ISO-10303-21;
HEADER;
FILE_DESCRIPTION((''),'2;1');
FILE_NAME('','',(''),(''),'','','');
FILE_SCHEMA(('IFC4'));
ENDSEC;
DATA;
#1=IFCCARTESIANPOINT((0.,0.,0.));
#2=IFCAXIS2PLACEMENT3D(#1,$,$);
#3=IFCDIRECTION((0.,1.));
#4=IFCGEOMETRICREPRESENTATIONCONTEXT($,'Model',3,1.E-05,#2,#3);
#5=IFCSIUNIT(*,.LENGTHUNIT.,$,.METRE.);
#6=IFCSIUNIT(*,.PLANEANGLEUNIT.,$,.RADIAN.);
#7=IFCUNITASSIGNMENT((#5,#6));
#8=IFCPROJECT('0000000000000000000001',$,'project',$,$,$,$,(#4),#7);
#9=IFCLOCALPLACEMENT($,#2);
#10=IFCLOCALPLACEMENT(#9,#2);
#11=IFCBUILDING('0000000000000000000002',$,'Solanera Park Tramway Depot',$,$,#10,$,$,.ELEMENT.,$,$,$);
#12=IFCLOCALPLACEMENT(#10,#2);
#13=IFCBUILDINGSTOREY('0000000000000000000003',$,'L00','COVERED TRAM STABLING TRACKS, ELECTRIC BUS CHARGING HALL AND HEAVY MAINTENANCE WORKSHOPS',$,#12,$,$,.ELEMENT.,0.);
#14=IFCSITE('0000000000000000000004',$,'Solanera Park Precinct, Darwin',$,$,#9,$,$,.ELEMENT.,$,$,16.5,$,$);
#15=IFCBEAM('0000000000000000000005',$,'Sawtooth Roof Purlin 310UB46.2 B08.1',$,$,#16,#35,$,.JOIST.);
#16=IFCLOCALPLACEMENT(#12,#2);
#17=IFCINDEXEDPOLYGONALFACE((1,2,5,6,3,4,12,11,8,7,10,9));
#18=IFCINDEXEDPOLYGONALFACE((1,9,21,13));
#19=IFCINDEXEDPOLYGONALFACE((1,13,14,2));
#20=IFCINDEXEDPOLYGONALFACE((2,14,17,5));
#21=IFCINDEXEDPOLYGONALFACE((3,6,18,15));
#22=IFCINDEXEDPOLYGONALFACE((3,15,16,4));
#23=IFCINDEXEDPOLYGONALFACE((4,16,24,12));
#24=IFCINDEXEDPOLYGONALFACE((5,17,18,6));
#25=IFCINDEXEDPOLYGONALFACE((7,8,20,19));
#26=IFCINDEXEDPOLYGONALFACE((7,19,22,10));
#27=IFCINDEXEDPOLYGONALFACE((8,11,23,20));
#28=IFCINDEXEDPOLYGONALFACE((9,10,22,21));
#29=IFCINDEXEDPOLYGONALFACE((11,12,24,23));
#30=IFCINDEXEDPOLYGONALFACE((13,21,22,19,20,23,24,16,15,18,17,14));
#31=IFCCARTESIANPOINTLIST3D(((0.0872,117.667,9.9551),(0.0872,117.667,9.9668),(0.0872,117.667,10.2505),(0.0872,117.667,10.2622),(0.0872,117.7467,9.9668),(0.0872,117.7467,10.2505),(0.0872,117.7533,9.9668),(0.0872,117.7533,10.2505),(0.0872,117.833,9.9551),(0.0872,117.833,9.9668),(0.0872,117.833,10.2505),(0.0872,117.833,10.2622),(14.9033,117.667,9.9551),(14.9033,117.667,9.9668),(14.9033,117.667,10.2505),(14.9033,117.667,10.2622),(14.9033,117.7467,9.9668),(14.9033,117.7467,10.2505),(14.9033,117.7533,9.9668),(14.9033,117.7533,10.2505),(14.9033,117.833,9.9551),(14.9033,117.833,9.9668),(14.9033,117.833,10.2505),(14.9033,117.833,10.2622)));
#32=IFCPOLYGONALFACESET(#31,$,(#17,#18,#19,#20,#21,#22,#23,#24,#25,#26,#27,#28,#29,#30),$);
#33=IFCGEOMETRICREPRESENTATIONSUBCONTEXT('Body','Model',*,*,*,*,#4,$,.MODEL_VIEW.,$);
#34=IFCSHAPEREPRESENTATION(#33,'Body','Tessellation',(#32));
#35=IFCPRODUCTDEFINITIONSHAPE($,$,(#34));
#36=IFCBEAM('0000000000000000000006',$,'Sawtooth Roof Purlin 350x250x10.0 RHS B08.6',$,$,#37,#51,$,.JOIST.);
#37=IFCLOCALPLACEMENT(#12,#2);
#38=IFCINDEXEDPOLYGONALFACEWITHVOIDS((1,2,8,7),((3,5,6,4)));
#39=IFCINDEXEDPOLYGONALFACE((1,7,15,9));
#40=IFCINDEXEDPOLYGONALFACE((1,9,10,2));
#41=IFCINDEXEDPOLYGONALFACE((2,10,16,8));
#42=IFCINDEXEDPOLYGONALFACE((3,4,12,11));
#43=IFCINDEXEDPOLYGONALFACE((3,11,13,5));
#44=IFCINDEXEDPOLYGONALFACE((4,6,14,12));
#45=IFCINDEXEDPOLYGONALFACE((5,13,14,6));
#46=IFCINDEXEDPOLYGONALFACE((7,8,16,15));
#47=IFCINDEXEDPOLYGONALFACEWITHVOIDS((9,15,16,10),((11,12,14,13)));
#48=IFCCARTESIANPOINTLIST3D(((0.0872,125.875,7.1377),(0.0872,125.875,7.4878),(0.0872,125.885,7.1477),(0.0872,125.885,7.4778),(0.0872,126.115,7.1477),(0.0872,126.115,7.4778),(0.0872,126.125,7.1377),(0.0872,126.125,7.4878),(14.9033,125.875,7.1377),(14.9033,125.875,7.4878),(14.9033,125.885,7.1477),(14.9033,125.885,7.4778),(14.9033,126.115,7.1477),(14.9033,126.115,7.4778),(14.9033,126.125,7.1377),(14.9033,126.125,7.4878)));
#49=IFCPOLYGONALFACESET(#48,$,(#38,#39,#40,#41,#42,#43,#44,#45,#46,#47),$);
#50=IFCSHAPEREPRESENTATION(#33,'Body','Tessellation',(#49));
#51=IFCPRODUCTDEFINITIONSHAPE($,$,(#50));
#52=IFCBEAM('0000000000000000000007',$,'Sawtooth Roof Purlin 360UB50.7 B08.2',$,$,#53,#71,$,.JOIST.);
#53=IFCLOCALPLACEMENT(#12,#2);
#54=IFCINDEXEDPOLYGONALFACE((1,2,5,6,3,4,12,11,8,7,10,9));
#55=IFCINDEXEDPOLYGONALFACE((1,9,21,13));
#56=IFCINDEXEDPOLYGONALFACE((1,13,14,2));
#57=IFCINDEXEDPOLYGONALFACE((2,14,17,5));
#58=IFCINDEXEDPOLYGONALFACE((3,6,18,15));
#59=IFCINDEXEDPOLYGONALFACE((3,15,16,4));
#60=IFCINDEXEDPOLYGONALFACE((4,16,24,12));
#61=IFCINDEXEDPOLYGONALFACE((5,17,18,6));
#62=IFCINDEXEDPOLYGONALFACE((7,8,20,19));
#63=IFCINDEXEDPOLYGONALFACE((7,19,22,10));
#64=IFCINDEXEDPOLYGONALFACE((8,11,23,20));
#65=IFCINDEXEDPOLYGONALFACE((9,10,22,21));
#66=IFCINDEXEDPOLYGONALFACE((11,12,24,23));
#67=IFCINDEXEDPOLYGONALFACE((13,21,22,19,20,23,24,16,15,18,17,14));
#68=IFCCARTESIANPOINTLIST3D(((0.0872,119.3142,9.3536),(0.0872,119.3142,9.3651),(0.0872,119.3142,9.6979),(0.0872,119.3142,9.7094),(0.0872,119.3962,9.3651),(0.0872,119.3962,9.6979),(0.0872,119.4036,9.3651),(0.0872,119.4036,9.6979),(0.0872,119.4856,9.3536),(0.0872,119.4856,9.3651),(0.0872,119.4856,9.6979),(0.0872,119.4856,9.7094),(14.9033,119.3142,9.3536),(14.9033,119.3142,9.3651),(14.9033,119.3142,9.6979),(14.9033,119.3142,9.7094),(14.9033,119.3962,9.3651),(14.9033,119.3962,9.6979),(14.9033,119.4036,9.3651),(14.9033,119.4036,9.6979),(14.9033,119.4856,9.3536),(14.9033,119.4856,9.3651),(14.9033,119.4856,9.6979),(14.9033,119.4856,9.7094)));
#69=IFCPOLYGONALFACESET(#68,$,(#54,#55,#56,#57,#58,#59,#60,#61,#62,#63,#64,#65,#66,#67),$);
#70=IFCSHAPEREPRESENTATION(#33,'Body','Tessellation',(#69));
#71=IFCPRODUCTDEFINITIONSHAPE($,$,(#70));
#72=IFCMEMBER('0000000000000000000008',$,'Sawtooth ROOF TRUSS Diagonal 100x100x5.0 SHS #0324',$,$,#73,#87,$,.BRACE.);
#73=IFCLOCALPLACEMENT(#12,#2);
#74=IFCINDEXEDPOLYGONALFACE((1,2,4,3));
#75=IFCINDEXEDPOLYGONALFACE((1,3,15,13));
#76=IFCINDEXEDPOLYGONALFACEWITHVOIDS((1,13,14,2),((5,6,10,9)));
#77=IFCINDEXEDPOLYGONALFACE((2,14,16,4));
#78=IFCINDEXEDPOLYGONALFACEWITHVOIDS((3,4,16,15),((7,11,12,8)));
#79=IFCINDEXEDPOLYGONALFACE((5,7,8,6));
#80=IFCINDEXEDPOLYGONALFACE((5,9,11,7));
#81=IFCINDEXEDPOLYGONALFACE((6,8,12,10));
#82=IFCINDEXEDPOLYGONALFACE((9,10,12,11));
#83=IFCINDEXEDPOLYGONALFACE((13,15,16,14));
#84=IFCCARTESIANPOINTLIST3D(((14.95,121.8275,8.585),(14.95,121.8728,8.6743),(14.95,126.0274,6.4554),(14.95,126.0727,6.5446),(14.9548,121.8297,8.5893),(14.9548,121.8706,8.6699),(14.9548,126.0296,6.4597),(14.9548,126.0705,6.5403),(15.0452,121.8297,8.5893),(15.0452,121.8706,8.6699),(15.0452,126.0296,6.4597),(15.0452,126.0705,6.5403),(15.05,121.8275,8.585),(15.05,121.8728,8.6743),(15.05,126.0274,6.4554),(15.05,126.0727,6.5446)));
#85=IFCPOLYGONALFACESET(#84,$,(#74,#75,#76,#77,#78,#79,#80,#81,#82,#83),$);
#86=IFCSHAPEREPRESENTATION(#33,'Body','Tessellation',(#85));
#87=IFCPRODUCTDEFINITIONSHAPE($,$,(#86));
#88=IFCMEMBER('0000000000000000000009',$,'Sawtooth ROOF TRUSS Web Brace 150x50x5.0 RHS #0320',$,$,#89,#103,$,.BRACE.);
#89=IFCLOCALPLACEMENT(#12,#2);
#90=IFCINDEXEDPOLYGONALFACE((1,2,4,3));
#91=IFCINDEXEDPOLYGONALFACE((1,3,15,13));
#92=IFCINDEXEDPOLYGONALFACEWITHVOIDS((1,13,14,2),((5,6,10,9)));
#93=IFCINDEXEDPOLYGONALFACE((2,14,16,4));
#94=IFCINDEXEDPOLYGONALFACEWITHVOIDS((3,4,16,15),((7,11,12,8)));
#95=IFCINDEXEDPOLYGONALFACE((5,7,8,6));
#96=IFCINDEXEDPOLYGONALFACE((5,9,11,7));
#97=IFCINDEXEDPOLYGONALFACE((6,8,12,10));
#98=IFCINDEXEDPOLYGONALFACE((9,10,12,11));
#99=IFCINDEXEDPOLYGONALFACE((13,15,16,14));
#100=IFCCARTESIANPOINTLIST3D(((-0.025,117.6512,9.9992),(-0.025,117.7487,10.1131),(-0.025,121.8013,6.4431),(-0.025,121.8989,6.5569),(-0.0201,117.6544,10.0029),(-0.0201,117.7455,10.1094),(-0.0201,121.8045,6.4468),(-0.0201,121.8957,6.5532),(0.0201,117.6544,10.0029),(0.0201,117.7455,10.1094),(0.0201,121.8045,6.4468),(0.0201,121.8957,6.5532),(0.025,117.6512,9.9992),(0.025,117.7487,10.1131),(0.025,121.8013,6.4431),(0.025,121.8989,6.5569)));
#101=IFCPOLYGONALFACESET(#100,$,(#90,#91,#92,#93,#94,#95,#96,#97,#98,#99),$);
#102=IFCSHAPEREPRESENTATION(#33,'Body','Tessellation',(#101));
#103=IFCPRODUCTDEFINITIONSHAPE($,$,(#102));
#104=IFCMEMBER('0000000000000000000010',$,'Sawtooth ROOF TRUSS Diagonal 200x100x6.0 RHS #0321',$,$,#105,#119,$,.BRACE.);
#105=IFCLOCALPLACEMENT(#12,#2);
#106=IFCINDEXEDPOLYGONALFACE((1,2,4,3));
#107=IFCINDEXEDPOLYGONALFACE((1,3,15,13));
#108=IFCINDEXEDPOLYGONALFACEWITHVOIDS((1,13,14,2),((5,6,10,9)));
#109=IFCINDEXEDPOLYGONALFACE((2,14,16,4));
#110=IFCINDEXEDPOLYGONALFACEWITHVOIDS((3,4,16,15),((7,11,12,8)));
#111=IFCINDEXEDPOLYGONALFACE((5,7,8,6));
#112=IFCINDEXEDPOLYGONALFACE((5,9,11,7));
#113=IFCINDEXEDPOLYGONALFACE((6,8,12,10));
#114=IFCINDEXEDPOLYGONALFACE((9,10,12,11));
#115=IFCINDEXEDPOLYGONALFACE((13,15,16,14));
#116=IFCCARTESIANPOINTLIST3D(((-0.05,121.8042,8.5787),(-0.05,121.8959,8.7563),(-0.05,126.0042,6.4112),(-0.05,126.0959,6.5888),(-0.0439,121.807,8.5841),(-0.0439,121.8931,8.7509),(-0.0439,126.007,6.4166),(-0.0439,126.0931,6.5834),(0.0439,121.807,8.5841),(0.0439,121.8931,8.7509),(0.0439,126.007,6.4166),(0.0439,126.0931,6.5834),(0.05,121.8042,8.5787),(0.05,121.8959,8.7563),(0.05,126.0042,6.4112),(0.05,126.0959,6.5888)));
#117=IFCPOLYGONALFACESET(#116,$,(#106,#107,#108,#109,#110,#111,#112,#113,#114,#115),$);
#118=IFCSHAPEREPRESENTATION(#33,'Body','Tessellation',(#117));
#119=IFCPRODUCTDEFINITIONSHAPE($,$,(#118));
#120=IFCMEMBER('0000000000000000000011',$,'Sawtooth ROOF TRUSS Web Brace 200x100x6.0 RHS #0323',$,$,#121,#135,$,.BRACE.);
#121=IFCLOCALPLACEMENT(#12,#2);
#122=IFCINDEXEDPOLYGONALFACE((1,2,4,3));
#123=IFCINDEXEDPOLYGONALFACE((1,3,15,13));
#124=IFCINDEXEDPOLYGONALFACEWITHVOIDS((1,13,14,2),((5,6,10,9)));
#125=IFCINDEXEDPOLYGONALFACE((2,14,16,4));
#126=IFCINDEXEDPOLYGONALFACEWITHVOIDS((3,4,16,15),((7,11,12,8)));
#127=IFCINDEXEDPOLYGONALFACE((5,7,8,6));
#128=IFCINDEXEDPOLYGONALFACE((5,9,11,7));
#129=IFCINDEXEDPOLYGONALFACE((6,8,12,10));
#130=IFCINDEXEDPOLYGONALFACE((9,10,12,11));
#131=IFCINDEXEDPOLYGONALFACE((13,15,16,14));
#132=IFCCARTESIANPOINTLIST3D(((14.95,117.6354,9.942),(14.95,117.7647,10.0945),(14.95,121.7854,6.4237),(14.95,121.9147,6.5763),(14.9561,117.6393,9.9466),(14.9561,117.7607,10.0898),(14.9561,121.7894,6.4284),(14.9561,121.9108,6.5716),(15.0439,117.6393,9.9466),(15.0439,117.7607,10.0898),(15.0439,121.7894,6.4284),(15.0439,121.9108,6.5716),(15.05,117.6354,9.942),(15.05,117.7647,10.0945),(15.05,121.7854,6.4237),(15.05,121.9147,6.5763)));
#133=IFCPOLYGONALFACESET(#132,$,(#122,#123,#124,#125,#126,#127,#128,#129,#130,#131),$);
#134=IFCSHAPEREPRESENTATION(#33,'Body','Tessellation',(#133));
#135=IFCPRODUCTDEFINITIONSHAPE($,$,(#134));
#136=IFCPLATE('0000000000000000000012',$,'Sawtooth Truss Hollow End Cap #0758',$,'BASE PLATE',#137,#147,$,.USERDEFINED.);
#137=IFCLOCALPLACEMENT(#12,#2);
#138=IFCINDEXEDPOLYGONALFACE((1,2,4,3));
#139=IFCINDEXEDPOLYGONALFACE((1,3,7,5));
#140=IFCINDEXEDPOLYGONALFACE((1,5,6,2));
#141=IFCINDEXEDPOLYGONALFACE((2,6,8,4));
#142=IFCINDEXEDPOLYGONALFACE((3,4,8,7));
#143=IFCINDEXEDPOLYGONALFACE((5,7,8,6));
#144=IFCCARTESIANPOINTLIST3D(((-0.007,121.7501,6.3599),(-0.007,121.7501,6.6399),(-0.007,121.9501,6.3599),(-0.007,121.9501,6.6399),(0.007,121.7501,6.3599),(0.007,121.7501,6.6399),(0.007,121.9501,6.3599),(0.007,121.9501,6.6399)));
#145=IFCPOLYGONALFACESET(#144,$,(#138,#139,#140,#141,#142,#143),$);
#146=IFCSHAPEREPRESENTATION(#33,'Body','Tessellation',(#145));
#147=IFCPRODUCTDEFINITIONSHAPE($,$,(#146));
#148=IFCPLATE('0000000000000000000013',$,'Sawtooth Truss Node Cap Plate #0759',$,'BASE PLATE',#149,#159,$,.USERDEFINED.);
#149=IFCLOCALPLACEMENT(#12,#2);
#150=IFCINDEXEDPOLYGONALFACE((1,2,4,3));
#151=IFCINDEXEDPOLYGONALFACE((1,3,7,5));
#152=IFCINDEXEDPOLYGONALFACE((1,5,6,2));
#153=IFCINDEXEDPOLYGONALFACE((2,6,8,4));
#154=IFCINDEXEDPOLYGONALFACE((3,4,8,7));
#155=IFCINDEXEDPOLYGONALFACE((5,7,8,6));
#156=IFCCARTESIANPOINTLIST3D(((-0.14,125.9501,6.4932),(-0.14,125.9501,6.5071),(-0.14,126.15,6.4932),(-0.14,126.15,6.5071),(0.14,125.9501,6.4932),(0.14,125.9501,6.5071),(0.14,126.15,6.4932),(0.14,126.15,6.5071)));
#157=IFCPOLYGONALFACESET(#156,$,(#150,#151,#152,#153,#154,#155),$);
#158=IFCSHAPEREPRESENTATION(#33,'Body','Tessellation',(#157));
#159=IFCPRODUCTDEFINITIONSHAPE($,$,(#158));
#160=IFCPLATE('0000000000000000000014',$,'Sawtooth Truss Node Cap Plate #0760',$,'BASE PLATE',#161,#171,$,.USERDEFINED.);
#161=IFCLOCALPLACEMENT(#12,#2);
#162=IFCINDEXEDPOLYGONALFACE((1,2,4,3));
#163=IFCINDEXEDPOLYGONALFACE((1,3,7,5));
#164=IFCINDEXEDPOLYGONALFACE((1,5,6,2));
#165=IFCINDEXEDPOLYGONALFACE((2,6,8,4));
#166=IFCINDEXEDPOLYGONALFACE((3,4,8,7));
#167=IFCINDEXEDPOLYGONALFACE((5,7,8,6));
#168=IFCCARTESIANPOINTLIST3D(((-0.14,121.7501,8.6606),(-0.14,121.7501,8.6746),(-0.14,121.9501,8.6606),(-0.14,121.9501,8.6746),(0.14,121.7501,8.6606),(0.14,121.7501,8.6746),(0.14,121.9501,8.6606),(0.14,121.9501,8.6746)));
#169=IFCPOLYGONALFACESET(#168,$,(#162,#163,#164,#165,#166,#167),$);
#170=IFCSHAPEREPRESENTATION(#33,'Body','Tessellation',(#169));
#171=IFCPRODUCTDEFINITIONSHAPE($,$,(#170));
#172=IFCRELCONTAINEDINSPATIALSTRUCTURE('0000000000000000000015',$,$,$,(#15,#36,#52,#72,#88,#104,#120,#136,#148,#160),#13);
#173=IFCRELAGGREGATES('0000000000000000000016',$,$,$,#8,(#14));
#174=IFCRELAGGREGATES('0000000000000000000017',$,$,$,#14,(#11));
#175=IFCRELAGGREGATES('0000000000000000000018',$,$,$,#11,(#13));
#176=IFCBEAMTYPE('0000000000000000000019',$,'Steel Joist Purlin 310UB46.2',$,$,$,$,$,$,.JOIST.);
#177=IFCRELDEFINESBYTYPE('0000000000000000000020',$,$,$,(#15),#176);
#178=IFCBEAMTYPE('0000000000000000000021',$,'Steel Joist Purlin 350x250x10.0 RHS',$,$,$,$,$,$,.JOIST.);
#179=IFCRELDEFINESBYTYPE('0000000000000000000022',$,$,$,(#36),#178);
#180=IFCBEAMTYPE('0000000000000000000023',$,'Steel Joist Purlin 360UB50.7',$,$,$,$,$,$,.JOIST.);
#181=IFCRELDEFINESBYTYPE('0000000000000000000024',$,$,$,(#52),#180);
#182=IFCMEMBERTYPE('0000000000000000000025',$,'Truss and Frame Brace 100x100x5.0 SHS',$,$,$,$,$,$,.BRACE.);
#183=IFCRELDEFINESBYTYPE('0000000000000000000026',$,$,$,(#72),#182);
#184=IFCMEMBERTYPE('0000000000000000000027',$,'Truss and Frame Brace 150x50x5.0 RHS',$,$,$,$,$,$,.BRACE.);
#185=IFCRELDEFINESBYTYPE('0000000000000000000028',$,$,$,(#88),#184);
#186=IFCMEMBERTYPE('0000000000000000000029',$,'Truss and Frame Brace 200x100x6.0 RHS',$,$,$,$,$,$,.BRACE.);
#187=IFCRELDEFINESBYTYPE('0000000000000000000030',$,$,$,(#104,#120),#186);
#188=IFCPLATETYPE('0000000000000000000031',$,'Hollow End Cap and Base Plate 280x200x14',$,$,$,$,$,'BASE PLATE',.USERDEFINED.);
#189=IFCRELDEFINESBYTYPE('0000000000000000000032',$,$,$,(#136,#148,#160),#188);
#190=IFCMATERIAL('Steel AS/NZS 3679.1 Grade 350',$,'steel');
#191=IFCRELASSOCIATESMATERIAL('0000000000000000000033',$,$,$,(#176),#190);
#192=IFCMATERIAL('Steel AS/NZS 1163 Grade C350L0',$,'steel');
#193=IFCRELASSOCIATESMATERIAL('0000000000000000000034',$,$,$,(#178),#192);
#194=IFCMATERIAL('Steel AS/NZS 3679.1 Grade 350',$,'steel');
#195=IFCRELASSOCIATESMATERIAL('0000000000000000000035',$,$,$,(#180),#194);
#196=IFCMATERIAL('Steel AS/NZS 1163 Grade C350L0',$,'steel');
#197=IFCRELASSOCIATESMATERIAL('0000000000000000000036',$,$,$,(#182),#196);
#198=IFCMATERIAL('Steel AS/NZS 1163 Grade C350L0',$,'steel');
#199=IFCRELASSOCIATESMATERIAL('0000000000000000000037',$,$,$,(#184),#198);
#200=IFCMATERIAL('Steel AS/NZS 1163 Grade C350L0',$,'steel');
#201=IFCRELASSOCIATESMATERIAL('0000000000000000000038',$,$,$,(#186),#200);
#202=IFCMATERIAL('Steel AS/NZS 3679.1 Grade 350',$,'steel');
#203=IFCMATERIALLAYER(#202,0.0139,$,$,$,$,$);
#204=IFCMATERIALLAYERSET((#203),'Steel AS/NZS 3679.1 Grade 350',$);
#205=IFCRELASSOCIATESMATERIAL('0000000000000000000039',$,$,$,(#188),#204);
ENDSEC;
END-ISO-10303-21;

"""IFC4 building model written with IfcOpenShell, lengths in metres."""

from ifc_helpers import new_model, si_unit, direction, frame, origin, origin_2d, place, context, subcontext, project, spatial, rectangle, hollow_rectangle, i_section, extrude, material, layer, layer_set, material_profile, profile_set, type_object, element, save


model = new_model("IFC4")

# Units and contexts
model_context = context("Model", 3, precision=1e-05, world=origin(), true_north=direction((0.0, 1.0)))
body_context = subcontext(model_context, "Body", "Model", "MODEL_VIEW")
ifc_project = project(units=[si_unit("LENGTHUNIT", "METRE"), si_unit("PLANEANGLEUNIT", "RADIAN")], contexts=[model_context])

# Site, building, storey
site_placement = place(None, origin())
site = spatial("IfcSite", under=ifc_project, at=site_placement, Name="Solanera Park Precinct, Darwin", CompositionType="ELEMENT", RefElevation=16.5)
building_placement = place(site_placement, origin())
building = spatial("IfcBuilding", under=site, at=building_placement, Name="Solanera Park Tramway Depot", CompositionType="ELEMENT")
storey_placement = place(building_placement, origin())
storey = spatial("IfcBuildingStorey", under=building, at=storey_placement, Name="L00", Description="COVERED TRAM STABLING TRACKS, ELECTRIC BUS CHARGING HALL AND HEAVY MAINTENANCE WORKSHOPS", CompositionType="ELEMENT", Elevation=0.0)

# Beams
ifc_material_1 = material(Name="Steel AS/NZS 3679.1 Grade 350", Category="steel")
ifc_material_profile_1 = material_profile(ifc_material_1, i_section(OverallWidth=0.166, OverallDepth=0.3071, WebThickness=0.0066, FlangeThickness=0.0117, at=origin_2d()), Name="310UB46.2")
ifc_profile_set_1 = profile_set([ifc_material_profile_1], Name="Steel AS/NZS 3679.1 Grade 350")
beam_type_1 = type_object("IfcBeamType", Name="Steel Joist Purlin 310UB46.2", PredefinedType="JOIST", material=ifc_profile_set_1)
beam_1_placement = place(storey_placement, frame((0.0872, 117.75, 10.1086), z_axis=(1.0, 0.0, 0.0), x_axis=(0.0, 1.0, 0.0)))
element("IfcBeam", 1, at=beam_1_placement, inside=storey, type_object=beam_type_1, Name="Sawtooth Roof Purlin 310UB46.2 B08.1", PredefinedType="JOIST", context=body_context, shape_type="SweptSolid", body=[
    extrude(i_section(OverallWidth=0.166, OverallDepth=0.3071, WebThickness=0.0066, FlangeThickness=0.0117, at=origin_2d()), origin(), (0.0, 0.0, 1.0), 14.8162),
])
ifc_material_2 = material(Name="Steel AS/NZS 1163 Grade C350L0", Category="steel")
ifc_material_profile_2 = material_profile(ifc_material_2, hollow_rectangle(XDim=0.25, YDim=0.3501, WallThickness=0.01, at=origin_2d()), Name="350x250x10.0 RHS")
ifc_profile_set_2 = profile_set([ifc_material_profile_2], Name="Steel AS/NZS 1163 Grade C350L0")
beam_type_2 = type_object("IfcBeamType", Name="Steel Joist Purlin 350x250x10.0 RHS", PredefinedType="JOIST", material=ifc_profile_set_2)
beam_2_placement = place(storey_placement, frame((0.0872, 126.0, 7.3127), z_axis=(1.0, 0.0, 0.0), x_axis=(0.0, 1.0, 0.0)))
element("IfcBeam", 2, at=beam_2_placement, inside=storey, type_object=beam_type_2, Name="Sawtooth Roof Purlin 350x250x10.0 RHS B08.6", PredefinedType="JOIST", context=body_context, shape_type="SweptSolid", body=[
    extrude(hollow_rectangle(XDim=0.25, YDim=0.3501, WallThickness=0.01, at=origin_2d()), origin(), (0.0, 0.0, 1.0), 14.8162),
])
ifc_material_3 = material(Name="Steel AS/NZS 3679.1 Grade 350", Category="steel")
ifc_material_profile_3 = material_profile(ifc_material_3, i_section(OverallWidth=0.1714, OverallDepth=0.3557, WebThickness=0.0073, FlangeThickness=0.0115, at=origin_2d()), Name="360UB50.7")
ifc_profile_set_3 = profile_set([ifc_material_profile_3], Name="Steel AS/NZS 3679.1 Grade 350")
beam_type_3 = type_object("IfcBeamType", Name="Steel Joist Purlin 360UB50.7", PredefinedType="JOIST", material=ifc_profile_set_3)
beam_3_placement = place(storey_placement, frame((0.0872, 119.3999, 9.5315), z_axis=(1.0, 0.0, 0.0), x_axis=(0.0, 1.0, 0.0)))
element("IfcBeam", 3, at=beam_3_placement, inside=storey, type_object=beam_type_3, Name="Sawtooth Roof Purlin 360UB50.7 B08.2", PredefinedType="JOIST", context=body_context, shape_type="SweptSolid", body=[
    extrude(i_section(OverallWidth=0.1714, OverallDepth=0.3557, WebThickness=0.0073, FlangeThickness=0.0115, at=origin_2d()), origin(), (0.0, 0.0, 1.0), 14.8162),
])

# Members
ifc_material_4 = material(Name="Steel AS/NZS 1163 Grade C350L0", Category="steel")
ifc_material_profile_4 = material_profile(ifc_material_4, hollow_rectangle(XDim=0.1001, YDim=0.1001, WallThickness=0.0049, at=origin_2d()), Name="100x100x5.0 SHS")
ifc_profile_set_4 = profile_set([ifc_material_profile_4], Name="Steel AS/NZS 1163 Grade C350L0")
member_type_1 = type_object("IfcMemberType", Name="Truss and Frame Brace 100x100x5.0 SHS", PredefinedType="BRACE", material=ifc_profile_set_4)
member_1_placement = place(storey_placement, frame((15.0, 126.05, 6.5), z_axis=(0.0, -0.891893, 0.452246), x_axis=(1.0, 0.0, 0.0)))
element("IfcMember", 4, at=member_1_placement, inside=storey, type_object=member_type_1, Name="Sawtooth ROOF TRUSS Diagonal 100x100x5.0 SHS #0324", PredefinedType="BRACE", context=body_context, shape_type="SweptSolid", body=[
    extrude(hollow_rectangle(XDim=0.1001, YDim=0.1001, WallThickness=0.0049, at=origin_2d()), origin(), (0.0, 0.0, 1.0), 4.709),
])
ifc_material_5 = material(Name="Steel AS/NZS 1163 Grade C350L0", Category="steel")
ifc_material_profile_5 = material_profile(ifc_material_5, hollow_rectangle(XDim=0.05, YDim=0.1499, WallThickness=0.0049, at=origin_2d()), Name="150x50x5.0 RHS")
ifc_profile_set_5 = profile_set([ifc_material_profile_5], Name="Steel AS/NZS 1163 Grade C350L0")
member_type_2 = type_object("IfcMemberType", Name="Truss and Frame Brace 150x50x5.0 RHS", PredefinedType="BRACE", material=ifc_profile_set_5)
member_2_placement = place(storey_placement, frame((0.0, 121.8501, 6.5), z_axis=(0.0, -0.759357, 0.650674), x_axis=(1.0, 0.0, 0.0)))
element("IfcMember", 5, at=member_2_placement, inside=storey, type_object=member_type_2, Name="Sawtooth ROOF TRUSS Web Brace 150x50x5.0 RHS #0320", PredefinedType="BRACE", context=body_context, shape_type="SweptSolid", body=[
    extrude(hollow_rectangle(XDim=0.05, YDim=0.1499, WallThickness=0.0049, at=origin_2d()), origin(), (0.0, 0.0, 1.0), 5.4653),
])
ifc_material_6 = material(Name="Steel AS/NZS 1163 Grade C350L0", Category="steel")
ifc_material_profile_6 = material_profile(ifc_material_6, hollow_rectangle(XDim=0.1001, YDim=0.2, WallThickness=0.0061, at=origin_2d()), Name="200x100x6.0 RHS")
ifc_profile_set_6 = profile_set([ifc_material_profile_6], Name="Steel AS/NZS 1163 Grade C350L0")
member_type_3 = type_object("IfcMemberType", Name="Truss and Frame Brace 200x100x6.0 RHS", PredefinedType="BRACE", material=ifc_profile_set_6)
member_3_placement = place(storey_placement, frame((0.0, 126.05, 6.5), z_axis=(0.0, -0.888641, 0.458603), x_axis=(1.0, 0.0, 0.0)))
element("IfcMember", 6, at=member_3_placement, inside=storey, type_object=member_type_3, Name="Sawtooth ROOF TRUSS Diagonal 200x100x6.0 RHS #0321", PredefinedType="BRACE", context=body_context, shape_type="SweptSolid", body=[
    extrude(hollow_rectangle(XDim=0.1001, YDim=0.2, WallThickness=0.0061, at=origin_2d()), origin(), (0.0, 0.0, 1.0), 4.7263),
])
member_4_placement = place(storey_placement, frame((15.0, 121.8501, 6.5), z_axis=(0.0, -0.762783, 0.646654), x_axis=(1.0, 0.0, 0.0)))
element("IfcMember", 7, at=member_4_placement, inside=storey, type_object=member_type_3, Name="Sawtooth ROOF TRUSS Web Brace 200x100x6.0 RHS #0323", PredefinedType="BRACE", context=body_context, shape_type="SweptSolid", body=[
    extrude(hollow_rectangle(XDim=0.1001, YDim=0.2, WallThickness=0.0061, at=origin_2d()), origin(), (0.0, 0.0, 1.0), 5.4407),
])

# Plates
ifc_material_7 = material(Name="Steel AS/NZS 3679.1 Grade 350", Category="steel")
ifc_layer_1 = layer(ifc_material_7, 0.0139)
ifc_layer_set_1 = layer_set([ifc_layer_1], Name="Steel AS/NZS 3679.1 Grade 350")
plate_type_1 = type_object("IfcPlateType", Name="Hollow End Cap and Base Plate 280x200x14", ElementType="BASE PLATE", PredefinedType="USERDEFINED", material=ifc_layer_set_1)
plate_1_placement = place(storey_placement, frame((0.0, 121.8501, 6.3599), z_axis=(0.0, 0.0, 1.0), x_axis=(1.0, 0.0, 0.0)))
element("IfcPlate", 8, at=plate_1_placement, inside=storey, type_object=plate_type_1, Name="Sawtooth Truss Hollow End Cap #0758", ObjectType="BASE PLATE", PredefinedType="USERDEFINED", context=body_context, shape_type="SweptSolid", body=[
    extrude(rectangle(XDim=0.0139, YDim=0.2, at=origin_2d()), origin(), (0.0, 0.0, 1.0), 0.28),
])
for number, where, z_axis, x_axis, name in (
    (9, (0.0, 126.05, 6.4932), (0.0, 0.0, 1.0), (1.0, 0.0, 0.0), "Sawtooth Truss Node Cap Plate #0759"),
    (10, (0.0, 121.8501, 8.6606), (0.0, 0.0, 1.0), (1.0, 0.0, 0.0), "Sawtooth Truss Node Cap Plate #0760"),
):
    element("IfcPlate", number, at=place(storey_placement, frame(where, z_axis=z_axis, x_axis=x_axis)), inside=storey, type_object=plate_type_1, Name=name, ObjectType="BASE PLATE", PredefinedType="USERDEFINED", context=body_context, shape_type="SweptSolid", body=[
        extrude(rectangle(XDim=0.28, YDim=0.2, at=origin_2d()), origin(), (0.0, 0.0, 1.0), 0.0139),
    ])

save(model, "model.ifc")
